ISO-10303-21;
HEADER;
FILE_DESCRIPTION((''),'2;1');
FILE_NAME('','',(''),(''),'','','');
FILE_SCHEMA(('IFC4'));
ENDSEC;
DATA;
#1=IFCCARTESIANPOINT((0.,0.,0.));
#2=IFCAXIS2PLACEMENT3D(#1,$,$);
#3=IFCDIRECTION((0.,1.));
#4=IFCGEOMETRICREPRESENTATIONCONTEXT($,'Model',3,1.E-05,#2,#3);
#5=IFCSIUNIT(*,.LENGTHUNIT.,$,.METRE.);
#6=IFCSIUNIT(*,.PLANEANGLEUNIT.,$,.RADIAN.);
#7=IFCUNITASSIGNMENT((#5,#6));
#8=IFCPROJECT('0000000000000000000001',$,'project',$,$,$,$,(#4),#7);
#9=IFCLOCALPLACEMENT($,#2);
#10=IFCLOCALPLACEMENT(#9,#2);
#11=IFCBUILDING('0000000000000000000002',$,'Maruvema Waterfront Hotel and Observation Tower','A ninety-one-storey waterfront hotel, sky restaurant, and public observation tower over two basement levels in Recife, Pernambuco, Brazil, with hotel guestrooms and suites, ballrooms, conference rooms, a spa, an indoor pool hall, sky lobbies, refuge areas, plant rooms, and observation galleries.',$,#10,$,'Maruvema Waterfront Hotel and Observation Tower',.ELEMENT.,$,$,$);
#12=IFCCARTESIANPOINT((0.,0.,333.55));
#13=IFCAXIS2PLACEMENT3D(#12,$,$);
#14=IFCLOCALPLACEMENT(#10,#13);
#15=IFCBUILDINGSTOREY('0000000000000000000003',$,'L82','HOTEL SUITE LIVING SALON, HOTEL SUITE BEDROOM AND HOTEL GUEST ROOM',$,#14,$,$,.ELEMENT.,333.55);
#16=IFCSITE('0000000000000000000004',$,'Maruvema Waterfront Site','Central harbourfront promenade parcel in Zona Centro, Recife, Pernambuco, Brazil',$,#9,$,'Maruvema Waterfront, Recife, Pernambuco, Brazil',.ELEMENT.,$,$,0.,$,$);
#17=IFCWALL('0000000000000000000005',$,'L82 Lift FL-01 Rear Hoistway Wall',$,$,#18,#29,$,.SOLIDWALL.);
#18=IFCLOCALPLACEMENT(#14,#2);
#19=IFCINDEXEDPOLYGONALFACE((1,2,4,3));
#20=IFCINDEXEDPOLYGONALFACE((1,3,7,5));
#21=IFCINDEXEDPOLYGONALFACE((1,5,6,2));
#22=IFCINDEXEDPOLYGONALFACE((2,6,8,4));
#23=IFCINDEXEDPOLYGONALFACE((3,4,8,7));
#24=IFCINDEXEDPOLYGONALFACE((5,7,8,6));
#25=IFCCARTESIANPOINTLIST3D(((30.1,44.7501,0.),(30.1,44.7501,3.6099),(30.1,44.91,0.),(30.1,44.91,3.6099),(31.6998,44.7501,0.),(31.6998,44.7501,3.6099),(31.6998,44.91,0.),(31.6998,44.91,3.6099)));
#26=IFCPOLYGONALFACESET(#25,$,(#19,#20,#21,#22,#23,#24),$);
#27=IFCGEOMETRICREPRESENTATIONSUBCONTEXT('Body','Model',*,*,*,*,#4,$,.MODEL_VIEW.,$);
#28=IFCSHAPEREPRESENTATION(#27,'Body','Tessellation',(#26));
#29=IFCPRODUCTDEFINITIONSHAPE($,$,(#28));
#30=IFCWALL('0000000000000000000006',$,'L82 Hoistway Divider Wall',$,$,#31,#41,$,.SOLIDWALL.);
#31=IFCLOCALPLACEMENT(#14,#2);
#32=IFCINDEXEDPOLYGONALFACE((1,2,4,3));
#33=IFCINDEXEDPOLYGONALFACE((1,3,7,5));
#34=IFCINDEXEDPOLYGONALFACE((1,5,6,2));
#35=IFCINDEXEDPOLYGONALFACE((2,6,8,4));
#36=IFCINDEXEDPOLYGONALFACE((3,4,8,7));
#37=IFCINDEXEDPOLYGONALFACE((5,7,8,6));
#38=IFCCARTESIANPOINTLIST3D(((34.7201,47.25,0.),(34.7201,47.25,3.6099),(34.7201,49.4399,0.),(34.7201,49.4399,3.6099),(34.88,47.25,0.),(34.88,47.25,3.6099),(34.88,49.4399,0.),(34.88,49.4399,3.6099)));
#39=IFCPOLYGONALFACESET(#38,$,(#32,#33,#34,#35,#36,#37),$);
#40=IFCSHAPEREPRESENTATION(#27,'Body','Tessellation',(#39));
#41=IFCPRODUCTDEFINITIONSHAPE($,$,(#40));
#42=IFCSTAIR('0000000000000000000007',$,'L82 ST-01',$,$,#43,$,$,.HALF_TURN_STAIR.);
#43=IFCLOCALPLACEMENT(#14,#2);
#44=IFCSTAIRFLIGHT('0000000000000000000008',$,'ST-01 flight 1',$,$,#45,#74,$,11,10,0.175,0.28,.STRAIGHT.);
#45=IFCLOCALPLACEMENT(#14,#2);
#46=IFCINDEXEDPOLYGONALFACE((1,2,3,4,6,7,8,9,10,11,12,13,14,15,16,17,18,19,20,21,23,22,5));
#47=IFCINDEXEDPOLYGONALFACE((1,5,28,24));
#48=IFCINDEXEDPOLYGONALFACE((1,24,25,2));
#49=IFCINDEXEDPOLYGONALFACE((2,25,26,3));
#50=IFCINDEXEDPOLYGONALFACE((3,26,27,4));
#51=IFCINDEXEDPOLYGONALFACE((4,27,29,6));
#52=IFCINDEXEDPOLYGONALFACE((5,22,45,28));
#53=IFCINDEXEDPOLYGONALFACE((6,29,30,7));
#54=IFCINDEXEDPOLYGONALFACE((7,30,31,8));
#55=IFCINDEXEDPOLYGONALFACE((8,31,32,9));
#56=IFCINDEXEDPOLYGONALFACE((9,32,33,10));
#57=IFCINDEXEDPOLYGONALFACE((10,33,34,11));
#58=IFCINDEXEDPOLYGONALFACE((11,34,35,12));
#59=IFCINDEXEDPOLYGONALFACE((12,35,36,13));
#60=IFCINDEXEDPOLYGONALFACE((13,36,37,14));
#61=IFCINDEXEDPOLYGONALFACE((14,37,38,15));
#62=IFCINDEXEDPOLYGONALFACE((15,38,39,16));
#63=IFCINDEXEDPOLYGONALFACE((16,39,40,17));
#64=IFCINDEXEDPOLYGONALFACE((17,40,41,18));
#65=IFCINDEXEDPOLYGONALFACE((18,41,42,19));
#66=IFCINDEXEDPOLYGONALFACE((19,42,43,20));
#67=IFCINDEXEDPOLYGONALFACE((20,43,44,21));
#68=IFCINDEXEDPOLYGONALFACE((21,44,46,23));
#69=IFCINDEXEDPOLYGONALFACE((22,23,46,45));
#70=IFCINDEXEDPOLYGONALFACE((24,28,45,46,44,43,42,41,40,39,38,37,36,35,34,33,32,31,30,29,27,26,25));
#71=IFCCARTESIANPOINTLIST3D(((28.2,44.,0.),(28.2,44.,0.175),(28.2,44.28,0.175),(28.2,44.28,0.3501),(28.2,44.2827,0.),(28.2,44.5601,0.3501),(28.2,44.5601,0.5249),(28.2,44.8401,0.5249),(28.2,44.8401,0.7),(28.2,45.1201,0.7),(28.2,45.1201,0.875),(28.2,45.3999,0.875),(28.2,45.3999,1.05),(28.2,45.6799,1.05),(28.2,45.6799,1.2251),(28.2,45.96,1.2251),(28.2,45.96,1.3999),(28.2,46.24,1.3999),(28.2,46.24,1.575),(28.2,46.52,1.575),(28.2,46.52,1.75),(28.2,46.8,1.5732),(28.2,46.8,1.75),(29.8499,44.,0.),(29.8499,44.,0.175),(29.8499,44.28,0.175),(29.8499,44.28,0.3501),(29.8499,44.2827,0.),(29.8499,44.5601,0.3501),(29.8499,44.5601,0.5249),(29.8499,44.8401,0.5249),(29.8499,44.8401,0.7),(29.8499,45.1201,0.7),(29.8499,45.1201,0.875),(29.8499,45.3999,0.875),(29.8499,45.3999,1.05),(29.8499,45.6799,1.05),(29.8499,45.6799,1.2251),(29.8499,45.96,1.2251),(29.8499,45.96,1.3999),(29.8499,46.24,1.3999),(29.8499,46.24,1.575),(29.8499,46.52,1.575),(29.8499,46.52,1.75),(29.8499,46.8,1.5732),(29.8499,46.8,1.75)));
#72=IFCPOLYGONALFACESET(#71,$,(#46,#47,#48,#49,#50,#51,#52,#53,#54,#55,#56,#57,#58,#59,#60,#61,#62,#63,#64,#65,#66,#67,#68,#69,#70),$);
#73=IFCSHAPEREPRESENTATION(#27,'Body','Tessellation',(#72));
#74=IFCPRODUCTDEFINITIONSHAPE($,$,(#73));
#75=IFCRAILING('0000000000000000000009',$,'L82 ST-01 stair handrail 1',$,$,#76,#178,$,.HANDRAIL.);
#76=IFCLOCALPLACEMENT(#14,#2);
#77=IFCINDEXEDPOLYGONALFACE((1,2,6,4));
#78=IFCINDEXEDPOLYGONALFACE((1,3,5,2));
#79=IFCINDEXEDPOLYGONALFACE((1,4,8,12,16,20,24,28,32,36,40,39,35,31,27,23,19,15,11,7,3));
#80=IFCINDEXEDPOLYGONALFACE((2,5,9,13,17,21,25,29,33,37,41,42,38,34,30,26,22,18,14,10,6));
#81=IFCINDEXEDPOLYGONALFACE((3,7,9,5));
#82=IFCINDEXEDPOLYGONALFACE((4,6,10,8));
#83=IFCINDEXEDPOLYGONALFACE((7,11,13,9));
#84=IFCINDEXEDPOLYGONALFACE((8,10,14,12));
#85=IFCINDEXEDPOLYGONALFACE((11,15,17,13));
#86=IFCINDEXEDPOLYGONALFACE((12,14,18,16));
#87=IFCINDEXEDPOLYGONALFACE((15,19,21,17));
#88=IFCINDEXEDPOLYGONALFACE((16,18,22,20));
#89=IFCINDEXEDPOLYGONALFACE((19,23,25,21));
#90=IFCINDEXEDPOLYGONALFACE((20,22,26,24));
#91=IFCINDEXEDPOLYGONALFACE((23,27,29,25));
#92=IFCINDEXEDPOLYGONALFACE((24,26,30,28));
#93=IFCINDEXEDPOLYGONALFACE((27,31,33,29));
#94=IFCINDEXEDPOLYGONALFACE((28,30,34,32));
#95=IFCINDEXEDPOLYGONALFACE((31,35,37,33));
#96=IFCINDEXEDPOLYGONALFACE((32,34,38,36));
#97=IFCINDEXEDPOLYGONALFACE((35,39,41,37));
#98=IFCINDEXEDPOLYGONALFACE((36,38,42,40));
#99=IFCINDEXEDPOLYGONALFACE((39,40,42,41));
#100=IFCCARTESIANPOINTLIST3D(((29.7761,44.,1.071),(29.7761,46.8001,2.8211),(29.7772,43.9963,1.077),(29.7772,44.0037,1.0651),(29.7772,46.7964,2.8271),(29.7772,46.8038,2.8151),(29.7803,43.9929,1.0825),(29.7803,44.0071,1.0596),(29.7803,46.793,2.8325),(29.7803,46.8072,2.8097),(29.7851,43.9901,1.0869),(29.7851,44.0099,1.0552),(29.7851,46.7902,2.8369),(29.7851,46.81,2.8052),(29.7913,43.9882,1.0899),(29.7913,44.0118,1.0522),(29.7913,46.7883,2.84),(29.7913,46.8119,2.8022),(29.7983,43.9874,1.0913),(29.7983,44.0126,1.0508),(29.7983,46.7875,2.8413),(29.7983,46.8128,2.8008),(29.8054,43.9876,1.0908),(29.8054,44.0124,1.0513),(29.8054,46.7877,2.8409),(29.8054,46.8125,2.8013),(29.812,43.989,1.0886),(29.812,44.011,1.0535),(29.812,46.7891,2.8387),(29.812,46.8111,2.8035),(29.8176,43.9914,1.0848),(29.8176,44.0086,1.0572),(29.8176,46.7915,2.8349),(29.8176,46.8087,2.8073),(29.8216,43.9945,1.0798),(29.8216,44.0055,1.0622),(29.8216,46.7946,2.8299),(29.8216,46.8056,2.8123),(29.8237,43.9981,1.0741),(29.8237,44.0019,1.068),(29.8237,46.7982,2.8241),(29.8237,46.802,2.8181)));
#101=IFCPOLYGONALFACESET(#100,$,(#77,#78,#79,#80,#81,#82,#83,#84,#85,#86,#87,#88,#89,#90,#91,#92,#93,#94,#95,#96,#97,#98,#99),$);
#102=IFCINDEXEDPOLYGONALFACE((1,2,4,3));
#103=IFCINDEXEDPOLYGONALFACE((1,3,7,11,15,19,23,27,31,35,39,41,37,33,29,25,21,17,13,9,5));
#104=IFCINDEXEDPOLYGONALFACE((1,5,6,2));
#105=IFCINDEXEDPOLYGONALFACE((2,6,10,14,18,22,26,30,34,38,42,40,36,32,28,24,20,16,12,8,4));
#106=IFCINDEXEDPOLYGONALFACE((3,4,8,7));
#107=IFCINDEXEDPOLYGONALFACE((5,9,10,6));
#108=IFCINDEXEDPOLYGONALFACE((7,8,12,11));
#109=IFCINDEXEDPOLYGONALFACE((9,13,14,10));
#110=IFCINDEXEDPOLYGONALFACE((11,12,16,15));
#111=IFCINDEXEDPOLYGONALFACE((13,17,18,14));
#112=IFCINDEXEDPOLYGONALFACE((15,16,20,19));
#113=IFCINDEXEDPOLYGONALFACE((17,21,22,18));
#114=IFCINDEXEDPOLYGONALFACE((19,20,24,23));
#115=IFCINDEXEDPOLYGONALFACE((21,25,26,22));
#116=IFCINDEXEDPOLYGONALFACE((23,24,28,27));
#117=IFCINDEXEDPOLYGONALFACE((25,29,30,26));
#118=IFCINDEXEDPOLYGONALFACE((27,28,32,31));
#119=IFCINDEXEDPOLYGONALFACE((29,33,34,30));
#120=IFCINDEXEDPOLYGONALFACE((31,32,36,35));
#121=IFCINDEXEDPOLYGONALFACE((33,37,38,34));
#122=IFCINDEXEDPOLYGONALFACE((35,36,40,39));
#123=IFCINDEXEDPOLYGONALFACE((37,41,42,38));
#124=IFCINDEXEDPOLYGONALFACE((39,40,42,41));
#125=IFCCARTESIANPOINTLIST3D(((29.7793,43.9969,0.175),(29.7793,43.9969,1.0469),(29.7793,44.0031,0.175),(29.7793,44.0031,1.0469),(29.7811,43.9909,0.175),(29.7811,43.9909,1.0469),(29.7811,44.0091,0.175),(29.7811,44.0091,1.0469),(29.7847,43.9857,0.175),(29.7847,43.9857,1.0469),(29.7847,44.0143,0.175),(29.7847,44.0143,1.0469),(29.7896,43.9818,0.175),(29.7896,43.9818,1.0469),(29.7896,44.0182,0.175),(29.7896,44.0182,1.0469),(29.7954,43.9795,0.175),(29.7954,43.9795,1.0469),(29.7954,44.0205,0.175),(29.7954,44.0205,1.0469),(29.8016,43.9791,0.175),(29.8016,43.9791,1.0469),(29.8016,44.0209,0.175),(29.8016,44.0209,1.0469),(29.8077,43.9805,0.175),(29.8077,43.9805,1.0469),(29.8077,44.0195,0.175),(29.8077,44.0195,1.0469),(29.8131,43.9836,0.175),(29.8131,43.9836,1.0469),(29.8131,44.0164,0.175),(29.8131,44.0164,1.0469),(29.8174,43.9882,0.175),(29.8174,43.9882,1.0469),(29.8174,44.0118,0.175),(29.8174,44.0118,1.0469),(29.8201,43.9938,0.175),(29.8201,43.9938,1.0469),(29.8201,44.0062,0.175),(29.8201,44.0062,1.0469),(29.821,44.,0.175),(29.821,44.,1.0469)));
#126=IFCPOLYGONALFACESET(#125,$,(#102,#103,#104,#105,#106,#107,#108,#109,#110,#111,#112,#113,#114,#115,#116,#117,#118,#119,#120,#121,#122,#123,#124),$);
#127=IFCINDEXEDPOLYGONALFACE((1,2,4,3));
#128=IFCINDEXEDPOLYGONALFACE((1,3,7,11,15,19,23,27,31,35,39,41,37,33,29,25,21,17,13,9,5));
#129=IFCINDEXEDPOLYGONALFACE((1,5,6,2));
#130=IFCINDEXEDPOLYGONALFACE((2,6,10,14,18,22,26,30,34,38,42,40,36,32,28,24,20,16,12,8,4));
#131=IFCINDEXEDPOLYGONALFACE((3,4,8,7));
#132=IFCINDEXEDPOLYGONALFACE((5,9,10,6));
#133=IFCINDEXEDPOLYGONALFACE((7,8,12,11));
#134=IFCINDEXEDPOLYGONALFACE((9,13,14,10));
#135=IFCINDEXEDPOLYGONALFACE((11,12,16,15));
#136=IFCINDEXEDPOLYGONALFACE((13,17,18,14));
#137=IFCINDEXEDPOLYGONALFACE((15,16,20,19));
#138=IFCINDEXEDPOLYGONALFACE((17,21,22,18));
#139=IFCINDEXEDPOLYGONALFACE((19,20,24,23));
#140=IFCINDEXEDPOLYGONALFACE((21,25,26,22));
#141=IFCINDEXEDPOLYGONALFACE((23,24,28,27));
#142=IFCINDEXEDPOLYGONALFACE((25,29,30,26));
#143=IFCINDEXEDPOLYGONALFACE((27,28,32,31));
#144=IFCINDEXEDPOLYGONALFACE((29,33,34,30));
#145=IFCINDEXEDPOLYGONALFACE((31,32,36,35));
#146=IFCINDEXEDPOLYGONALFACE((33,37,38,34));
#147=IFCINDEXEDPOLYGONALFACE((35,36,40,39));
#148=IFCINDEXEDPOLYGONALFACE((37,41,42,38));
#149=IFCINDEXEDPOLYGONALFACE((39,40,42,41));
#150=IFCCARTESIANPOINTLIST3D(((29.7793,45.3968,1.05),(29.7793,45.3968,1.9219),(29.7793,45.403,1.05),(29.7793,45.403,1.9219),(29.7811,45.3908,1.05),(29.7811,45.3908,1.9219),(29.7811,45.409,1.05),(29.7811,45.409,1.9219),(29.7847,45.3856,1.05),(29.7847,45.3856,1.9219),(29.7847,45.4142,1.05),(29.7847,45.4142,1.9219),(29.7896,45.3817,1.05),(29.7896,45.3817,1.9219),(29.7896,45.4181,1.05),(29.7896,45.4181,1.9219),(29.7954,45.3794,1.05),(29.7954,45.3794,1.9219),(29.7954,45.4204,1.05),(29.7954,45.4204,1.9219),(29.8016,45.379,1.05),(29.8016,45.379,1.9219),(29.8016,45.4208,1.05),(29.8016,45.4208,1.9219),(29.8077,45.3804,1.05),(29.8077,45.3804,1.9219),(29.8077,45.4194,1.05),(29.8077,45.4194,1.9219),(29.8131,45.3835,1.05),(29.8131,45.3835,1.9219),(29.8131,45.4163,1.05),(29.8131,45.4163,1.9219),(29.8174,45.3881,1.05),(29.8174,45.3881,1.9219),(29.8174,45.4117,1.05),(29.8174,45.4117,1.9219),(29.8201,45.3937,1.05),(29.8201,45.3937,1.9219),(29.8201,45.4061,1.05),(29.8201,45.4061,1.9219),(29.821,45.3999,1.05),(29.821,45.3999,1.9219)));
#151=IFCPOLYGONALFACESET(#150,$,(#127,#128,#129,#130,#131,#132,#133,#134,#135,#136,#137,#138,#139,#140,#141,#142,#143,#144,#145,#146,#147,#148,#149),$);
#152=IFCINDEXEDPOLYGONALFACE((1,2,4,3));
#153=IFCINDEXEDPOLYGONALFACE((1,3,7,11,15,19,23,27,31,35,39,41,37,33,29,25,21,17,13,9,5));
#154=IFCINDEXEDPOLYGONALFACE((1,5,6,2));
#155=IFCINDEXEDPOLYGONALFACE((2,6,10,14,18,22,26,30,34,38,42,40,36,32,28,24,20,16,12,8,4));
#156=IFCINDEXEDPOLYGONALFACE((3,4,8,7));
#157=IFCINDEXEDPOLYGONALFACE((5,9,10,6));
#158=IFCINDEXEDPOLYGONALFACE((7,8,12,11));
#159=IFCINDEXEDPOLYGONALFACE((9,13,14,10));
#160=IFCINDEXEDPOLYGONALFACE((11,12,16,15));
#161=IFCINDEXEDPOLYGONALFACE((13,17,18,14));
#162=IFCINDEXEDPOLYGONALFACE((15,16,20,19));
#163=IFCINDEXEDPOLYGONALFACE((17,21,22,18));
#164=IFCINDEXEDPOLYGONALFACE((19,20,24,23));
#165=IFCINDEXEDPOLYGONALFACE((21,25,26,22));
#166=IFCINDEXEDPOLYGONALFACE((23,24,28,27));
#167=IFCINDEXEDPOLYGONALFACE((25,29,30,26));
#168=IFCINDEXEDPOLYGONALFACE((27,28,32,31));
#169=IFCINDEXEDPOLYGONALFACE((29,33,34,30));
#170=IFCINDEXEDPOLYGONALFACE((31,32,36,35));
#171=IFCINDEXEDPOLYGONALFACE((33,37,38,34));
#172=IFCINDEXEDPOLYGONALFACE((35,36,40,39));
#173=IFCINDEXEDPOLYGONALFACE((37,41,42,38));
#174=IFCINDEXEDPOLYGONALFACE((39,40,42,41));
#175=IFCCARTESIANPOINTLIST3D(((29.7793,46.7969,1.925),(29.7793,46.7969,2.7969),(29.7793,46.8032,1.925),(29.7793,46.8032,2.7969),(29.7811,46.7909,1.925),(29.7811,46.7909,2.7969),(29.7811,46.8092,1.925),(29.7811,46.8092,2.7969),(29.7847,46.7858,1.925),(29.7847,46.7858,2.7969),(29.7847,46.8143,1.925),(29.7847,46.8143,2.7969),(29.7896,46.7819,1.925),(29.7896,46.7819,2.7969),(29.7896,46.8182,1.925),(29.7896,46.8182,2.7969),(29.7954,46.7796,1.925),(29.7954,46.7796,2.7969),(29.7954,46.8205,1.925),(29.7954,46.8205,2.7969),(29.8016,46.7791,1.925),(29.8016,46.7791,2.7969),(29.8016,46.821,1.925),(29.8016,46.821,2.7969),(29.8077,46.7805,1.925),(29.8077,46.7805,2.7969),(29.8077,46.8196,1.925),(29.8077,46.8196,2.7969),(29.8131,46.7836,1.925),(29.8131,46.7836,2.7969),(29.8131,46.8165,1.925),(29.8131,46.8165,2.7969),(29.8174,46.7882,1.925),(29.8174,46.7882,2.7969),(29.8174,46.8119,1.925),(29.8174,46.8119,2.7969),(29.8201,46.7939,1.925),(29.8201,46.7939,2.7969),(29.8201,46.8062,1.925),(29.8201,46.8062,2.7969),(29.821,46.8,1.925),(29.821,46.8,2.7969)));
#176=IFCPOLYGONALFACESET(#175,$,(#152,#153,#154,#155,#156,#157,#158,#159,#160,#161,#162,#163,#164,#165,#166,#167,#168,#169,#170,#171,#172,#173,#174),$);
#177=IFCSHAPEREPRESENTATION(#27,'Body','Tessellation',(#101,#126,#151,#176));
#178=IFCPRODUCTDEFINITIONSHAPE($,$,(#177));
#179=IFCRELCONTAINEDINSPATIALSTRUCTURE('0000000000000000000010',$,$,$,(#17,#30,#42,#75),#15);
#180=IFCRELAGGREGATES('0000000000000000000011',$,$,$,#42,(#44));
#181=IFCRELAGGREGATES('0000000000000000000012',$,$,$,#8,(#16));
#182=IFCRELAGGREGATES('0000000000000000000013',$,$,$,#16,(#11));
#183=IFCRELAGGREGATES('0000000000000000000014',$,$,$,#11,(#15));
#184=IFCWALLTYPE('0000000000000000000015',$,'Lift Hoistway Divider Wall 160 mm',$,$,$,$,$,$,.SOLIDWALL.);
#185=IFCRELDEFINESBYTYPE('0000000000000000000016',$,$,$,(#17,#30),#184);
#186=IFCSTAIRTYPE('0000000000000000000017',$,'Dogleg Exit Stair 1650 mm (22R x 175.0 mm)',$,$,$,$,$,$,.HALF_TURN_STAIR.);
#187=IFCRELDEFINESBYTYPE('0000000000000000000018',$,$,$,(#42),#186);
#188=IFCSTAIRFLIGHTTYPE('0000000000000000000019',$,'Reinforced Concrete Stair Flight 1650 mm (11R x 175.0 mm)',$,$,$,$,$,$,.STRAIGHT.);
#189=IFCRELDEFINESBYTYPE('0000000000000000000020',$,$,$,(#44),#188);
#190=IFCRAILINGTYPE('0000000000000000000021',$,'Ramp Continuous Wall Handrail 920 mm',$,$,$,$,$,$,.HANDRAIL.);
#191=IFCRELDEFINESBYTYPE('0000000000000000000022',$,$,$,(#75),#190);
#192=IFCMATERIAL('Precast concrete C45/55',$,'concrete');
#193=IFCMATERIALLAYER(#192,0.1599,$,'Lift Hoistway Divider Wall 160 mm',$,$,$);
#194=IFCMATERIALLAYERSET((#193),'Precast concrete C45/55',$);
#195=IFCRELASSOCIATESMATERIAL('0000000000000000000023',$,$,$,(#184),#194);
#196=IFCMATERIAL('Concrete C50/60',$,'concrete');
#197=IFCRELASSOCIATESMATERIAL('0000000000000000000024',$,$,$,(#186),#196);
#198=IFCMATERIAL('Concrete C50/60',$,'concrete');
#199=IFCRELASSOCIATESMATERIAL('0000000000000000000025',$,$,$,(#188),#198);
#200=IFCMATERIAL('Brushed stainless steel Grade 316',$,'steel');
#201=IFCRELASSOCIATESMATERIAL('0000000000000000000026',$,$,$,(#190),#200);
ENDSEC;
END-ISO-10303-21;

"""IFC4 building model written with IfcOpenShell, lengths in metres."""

from ifc_helpers import new_model, si_unit, direction, frame, frame_2d, origin, origin_2d, place, context, subcontext, project, spatial, polyline, rectangle, circle, outline, extrude, material, layer, layer_set, type_object, element, aggregate, save


model = new_model("IFC4")

# Units and contexts
model_context = context("Model", 3, precision=1e-05, world=origin(), true_north=direction((0.0, 1.0)))
body_context = subcontext(model_context, "Body", "Model", "MODEL_VIEW")
ifc_project = project(units=[si_unit("LENGTHUNIT", "METRE"), si_unit("PLANEANGLEUNIT", "RADIAN")], contexts=[model_context])

# Site, building, storey
site_placement = place(None, origin())
site = spatial("IfcSite", under=ifc_project, at=site_placement, Name="Maruvema Waterfront Site", Description="Central harbourfront promenade parcel in Zona Centro, Recife, Pernambuco, Brazil", LongName="Maruvema Waterfront, Recife, Pernambuco, Brazil", CompositionType="ELEMENT", RefElevation=0.0)
building_placement = place(site_placement, origin())
building = spatial("IfcBuilding", under=site, at=building_placement, Name="Maruvema Waterfront Hotel and Observation Tower", Description="A ninety-one-storey waterfront hotel, sky restaurant, and public observation tower over two basement levels in Recife, Pernambuco, Brazil, with hotel guestrooms and suites, ballrooms, conference rooms, a spa, an indoor pool hall, sky lobbies, refuge areas, plant rooms, and observation galleries.", LongName="Maruvema Waterfront Hotel and Observation Tower", CompositionType="ELEMENT")
storey_placement = place(building_placement, frame((0.0, 0.0, 333.55)))
storey = spatial("IfcBuildingStorey", under=building, at=storey_placement, Name="L82", Description="HOTEL SUITE LIVING SALON, HOTEL SUITE BEDROOM AND HOTEL GUEST ROOM", CompositionType="ELEMENT", Elevation=333.55)

# Walls
ifc_material_1 = material(Name="Precast concrete C45/55", Category="concrete")
ifc_layer_1 = layer(ifc_material_1, 0.1599, Name="Lift Hoistway Divider Wall 160 mm")
ifc_layer_set_1 = layer_set([ifc_layer_1], Name="Precast concrete C45/55")
wall_type_1 = type_object("IfcWallType", Name="Lift Hoistway Divider Wall 160 mm", PredefinedType="SOLIDWALL", material=ifc_layer_set_1)
wall_1_placement = place(storey_placement, frame((30.1001, 44.8301, 0.0), z_axis=(0.0, 0.0, 1.0), x_axis=(1.0, 0.0, 0.0)))
element("IfcWall", 1, at=wall_1_placement, inside=storey, type_object=wall_type_1, Name="L82 Lift FL-01 Rear Hoistway Wall", PredefinedType="SOLIDWALL", context=body_context, shape_type="SweptSolid", body=[
    extrude(rectangle(XDim=1.5999, YDim=0.1599, at=frame_2d((0.7998, 0.0))), origin(), (0.0, 0.0, 1.0), 3.6099),
])
wall_2_placement = place(storey_placement, frame((34.8, 47.25, 0.0), z_axis=(0.0, 0.0, 1.0), x_axis=(0.0, 1.0, 0.0)))
element("IfcWall", 2, at=wall_2_placement, inside=storey, type_object=wall_type_1, Name="L82 Hoistway Divider Wall", PredefinedType="SOLIDWALL", context=body_context, shape_type="SweptSolid", body=[
    extrude(rectangle(XDim=2.1899, YDim=0.1599, at=frame_2d((1.095, 0.0))), origin(), (0.0, 0.0, 1.0), 3.6099),
])

# Stair, stair flight
ifc_material_2 = material(Name="Concrete C50/60", Category="concrete")
stair_type = type_object("IfcStairType", Name="Dogleg Exit Stair 1650 mm (22R x 175.0 mm)", PredefinedType="HALF_TURN_STAIR", material=ifc_material_2)
stair_placement = place(storey_placement, origin())
stair = element("IfcStair", 3, at=stair_placement, inside=storey, type_object=stair_type, Name="L82 ST-01", PredefinedType="HALF_TURN_STAIR")
ifc_material_3 = material(Name="Concrete C50/60", Category="concrete")
stair_flight_type = type_object("IfcStairFlightType", Name="Reinforced Concrete Stair Flight 1650 mm (11R x 175.0 mm)", PredefinedType="STRAIGHT", material=ifc_material_3)
stair_flight_placement = place(storey_placement, frame((29.0249, 44.0, 0.0), z_axis=(0.0, 0.0, 1.0), x_axis=(0.0, 1.0, 0.0)))
stair_flight = element("IfcStairFlight", 4, at=stair_flight_placement, type_object=stair_flight_type, Name="ST-01 flight 1", NumberOfRisers=11, NumberOfTreads=10, PredefinedType="STRAIGHT", RiserHeight=0.175, TreadLength=0.28, context=body_context, shape_type="SweptSolid", body=[
    extrude(outline(polyline([(0.0, 0.0), (0.0, 0.175), (0.28, 0.175), (0.28, 0.3501), (0.5601, 0.3501), (0.5601, 0.5249), (0.8401, 0.5249), (0.8401, 0.7), (1.1201, 0.7), (1.1201, 0.875), (1.3999, 0.875), (1.3999, 1.05), (1.6799, 1.05), (1.6799, 1.2251), (1.96, 1.2251), (1.96, 1.3999), (2.24, 1.3999), (2.24, 1.575), (2.52, 1.575), (2.52, 1.75), (2.8, 1.75), (2.8, 1.925), (2.8, 1.5732), (0.2827, 0.0), (0.0, 0.0)])), frame((0.0, 0.825, 0.0), z_axis=(0.0, -1.0, 0.0), x_axis=(1.0, 0.0, 0.0)), (0.0, 0.0, 1.0), 1.6499),
])
aggregate(stair, [stair_flight])

# Railing
ifc_material_4 = material(Name="Brushed stainless steel Grade 316", Category="steel")
railing_type_1 = type_object("IfcRailingType", Name="Ramp Continuous Wall Handrail 920 mm", PredefinedType="HANDRAIL", material=ifc_material_4)
railing_1_placement = place(storey_placement, frame((29.8, 44.0, 0.175)))
element("IfcRailing", 5, at=railing_1_placement, inside=storey, type_object=railing_type_1, Name="L82 ST-01 stair handrail 1", PredefinedType="HANDRAIL", context=body_context, shape_type="SweptSolid", body=[
    extrude(circle(Radius=0.0239, at=origin_2d()), frame((0.0, 0.0, 0.896), z_axis=(0.0, 0.848002, 0.529992), x_axis=(-1.0, 0.0, 0.0)), (0.0, 0.0, 1.0), 3.302),
    extrude(circle(Radius=0.021, at=origin_2d()), origin(), (0.0, 0.0, 1.0), 0.8718),
    extrude(circle(Radius=0.021, at=origin_2d()), frame((0.0, 1.3999, 0.875)), (0.0, 0.0, 1.0), 0.8718),
    extrude(circle(Radius=0.021, at=origin_2d()), frame((0.0, 2.8, 1.75)), (0.0, 0.0, 1.0), 0.8718),
])

save(model, "model.ifc")
